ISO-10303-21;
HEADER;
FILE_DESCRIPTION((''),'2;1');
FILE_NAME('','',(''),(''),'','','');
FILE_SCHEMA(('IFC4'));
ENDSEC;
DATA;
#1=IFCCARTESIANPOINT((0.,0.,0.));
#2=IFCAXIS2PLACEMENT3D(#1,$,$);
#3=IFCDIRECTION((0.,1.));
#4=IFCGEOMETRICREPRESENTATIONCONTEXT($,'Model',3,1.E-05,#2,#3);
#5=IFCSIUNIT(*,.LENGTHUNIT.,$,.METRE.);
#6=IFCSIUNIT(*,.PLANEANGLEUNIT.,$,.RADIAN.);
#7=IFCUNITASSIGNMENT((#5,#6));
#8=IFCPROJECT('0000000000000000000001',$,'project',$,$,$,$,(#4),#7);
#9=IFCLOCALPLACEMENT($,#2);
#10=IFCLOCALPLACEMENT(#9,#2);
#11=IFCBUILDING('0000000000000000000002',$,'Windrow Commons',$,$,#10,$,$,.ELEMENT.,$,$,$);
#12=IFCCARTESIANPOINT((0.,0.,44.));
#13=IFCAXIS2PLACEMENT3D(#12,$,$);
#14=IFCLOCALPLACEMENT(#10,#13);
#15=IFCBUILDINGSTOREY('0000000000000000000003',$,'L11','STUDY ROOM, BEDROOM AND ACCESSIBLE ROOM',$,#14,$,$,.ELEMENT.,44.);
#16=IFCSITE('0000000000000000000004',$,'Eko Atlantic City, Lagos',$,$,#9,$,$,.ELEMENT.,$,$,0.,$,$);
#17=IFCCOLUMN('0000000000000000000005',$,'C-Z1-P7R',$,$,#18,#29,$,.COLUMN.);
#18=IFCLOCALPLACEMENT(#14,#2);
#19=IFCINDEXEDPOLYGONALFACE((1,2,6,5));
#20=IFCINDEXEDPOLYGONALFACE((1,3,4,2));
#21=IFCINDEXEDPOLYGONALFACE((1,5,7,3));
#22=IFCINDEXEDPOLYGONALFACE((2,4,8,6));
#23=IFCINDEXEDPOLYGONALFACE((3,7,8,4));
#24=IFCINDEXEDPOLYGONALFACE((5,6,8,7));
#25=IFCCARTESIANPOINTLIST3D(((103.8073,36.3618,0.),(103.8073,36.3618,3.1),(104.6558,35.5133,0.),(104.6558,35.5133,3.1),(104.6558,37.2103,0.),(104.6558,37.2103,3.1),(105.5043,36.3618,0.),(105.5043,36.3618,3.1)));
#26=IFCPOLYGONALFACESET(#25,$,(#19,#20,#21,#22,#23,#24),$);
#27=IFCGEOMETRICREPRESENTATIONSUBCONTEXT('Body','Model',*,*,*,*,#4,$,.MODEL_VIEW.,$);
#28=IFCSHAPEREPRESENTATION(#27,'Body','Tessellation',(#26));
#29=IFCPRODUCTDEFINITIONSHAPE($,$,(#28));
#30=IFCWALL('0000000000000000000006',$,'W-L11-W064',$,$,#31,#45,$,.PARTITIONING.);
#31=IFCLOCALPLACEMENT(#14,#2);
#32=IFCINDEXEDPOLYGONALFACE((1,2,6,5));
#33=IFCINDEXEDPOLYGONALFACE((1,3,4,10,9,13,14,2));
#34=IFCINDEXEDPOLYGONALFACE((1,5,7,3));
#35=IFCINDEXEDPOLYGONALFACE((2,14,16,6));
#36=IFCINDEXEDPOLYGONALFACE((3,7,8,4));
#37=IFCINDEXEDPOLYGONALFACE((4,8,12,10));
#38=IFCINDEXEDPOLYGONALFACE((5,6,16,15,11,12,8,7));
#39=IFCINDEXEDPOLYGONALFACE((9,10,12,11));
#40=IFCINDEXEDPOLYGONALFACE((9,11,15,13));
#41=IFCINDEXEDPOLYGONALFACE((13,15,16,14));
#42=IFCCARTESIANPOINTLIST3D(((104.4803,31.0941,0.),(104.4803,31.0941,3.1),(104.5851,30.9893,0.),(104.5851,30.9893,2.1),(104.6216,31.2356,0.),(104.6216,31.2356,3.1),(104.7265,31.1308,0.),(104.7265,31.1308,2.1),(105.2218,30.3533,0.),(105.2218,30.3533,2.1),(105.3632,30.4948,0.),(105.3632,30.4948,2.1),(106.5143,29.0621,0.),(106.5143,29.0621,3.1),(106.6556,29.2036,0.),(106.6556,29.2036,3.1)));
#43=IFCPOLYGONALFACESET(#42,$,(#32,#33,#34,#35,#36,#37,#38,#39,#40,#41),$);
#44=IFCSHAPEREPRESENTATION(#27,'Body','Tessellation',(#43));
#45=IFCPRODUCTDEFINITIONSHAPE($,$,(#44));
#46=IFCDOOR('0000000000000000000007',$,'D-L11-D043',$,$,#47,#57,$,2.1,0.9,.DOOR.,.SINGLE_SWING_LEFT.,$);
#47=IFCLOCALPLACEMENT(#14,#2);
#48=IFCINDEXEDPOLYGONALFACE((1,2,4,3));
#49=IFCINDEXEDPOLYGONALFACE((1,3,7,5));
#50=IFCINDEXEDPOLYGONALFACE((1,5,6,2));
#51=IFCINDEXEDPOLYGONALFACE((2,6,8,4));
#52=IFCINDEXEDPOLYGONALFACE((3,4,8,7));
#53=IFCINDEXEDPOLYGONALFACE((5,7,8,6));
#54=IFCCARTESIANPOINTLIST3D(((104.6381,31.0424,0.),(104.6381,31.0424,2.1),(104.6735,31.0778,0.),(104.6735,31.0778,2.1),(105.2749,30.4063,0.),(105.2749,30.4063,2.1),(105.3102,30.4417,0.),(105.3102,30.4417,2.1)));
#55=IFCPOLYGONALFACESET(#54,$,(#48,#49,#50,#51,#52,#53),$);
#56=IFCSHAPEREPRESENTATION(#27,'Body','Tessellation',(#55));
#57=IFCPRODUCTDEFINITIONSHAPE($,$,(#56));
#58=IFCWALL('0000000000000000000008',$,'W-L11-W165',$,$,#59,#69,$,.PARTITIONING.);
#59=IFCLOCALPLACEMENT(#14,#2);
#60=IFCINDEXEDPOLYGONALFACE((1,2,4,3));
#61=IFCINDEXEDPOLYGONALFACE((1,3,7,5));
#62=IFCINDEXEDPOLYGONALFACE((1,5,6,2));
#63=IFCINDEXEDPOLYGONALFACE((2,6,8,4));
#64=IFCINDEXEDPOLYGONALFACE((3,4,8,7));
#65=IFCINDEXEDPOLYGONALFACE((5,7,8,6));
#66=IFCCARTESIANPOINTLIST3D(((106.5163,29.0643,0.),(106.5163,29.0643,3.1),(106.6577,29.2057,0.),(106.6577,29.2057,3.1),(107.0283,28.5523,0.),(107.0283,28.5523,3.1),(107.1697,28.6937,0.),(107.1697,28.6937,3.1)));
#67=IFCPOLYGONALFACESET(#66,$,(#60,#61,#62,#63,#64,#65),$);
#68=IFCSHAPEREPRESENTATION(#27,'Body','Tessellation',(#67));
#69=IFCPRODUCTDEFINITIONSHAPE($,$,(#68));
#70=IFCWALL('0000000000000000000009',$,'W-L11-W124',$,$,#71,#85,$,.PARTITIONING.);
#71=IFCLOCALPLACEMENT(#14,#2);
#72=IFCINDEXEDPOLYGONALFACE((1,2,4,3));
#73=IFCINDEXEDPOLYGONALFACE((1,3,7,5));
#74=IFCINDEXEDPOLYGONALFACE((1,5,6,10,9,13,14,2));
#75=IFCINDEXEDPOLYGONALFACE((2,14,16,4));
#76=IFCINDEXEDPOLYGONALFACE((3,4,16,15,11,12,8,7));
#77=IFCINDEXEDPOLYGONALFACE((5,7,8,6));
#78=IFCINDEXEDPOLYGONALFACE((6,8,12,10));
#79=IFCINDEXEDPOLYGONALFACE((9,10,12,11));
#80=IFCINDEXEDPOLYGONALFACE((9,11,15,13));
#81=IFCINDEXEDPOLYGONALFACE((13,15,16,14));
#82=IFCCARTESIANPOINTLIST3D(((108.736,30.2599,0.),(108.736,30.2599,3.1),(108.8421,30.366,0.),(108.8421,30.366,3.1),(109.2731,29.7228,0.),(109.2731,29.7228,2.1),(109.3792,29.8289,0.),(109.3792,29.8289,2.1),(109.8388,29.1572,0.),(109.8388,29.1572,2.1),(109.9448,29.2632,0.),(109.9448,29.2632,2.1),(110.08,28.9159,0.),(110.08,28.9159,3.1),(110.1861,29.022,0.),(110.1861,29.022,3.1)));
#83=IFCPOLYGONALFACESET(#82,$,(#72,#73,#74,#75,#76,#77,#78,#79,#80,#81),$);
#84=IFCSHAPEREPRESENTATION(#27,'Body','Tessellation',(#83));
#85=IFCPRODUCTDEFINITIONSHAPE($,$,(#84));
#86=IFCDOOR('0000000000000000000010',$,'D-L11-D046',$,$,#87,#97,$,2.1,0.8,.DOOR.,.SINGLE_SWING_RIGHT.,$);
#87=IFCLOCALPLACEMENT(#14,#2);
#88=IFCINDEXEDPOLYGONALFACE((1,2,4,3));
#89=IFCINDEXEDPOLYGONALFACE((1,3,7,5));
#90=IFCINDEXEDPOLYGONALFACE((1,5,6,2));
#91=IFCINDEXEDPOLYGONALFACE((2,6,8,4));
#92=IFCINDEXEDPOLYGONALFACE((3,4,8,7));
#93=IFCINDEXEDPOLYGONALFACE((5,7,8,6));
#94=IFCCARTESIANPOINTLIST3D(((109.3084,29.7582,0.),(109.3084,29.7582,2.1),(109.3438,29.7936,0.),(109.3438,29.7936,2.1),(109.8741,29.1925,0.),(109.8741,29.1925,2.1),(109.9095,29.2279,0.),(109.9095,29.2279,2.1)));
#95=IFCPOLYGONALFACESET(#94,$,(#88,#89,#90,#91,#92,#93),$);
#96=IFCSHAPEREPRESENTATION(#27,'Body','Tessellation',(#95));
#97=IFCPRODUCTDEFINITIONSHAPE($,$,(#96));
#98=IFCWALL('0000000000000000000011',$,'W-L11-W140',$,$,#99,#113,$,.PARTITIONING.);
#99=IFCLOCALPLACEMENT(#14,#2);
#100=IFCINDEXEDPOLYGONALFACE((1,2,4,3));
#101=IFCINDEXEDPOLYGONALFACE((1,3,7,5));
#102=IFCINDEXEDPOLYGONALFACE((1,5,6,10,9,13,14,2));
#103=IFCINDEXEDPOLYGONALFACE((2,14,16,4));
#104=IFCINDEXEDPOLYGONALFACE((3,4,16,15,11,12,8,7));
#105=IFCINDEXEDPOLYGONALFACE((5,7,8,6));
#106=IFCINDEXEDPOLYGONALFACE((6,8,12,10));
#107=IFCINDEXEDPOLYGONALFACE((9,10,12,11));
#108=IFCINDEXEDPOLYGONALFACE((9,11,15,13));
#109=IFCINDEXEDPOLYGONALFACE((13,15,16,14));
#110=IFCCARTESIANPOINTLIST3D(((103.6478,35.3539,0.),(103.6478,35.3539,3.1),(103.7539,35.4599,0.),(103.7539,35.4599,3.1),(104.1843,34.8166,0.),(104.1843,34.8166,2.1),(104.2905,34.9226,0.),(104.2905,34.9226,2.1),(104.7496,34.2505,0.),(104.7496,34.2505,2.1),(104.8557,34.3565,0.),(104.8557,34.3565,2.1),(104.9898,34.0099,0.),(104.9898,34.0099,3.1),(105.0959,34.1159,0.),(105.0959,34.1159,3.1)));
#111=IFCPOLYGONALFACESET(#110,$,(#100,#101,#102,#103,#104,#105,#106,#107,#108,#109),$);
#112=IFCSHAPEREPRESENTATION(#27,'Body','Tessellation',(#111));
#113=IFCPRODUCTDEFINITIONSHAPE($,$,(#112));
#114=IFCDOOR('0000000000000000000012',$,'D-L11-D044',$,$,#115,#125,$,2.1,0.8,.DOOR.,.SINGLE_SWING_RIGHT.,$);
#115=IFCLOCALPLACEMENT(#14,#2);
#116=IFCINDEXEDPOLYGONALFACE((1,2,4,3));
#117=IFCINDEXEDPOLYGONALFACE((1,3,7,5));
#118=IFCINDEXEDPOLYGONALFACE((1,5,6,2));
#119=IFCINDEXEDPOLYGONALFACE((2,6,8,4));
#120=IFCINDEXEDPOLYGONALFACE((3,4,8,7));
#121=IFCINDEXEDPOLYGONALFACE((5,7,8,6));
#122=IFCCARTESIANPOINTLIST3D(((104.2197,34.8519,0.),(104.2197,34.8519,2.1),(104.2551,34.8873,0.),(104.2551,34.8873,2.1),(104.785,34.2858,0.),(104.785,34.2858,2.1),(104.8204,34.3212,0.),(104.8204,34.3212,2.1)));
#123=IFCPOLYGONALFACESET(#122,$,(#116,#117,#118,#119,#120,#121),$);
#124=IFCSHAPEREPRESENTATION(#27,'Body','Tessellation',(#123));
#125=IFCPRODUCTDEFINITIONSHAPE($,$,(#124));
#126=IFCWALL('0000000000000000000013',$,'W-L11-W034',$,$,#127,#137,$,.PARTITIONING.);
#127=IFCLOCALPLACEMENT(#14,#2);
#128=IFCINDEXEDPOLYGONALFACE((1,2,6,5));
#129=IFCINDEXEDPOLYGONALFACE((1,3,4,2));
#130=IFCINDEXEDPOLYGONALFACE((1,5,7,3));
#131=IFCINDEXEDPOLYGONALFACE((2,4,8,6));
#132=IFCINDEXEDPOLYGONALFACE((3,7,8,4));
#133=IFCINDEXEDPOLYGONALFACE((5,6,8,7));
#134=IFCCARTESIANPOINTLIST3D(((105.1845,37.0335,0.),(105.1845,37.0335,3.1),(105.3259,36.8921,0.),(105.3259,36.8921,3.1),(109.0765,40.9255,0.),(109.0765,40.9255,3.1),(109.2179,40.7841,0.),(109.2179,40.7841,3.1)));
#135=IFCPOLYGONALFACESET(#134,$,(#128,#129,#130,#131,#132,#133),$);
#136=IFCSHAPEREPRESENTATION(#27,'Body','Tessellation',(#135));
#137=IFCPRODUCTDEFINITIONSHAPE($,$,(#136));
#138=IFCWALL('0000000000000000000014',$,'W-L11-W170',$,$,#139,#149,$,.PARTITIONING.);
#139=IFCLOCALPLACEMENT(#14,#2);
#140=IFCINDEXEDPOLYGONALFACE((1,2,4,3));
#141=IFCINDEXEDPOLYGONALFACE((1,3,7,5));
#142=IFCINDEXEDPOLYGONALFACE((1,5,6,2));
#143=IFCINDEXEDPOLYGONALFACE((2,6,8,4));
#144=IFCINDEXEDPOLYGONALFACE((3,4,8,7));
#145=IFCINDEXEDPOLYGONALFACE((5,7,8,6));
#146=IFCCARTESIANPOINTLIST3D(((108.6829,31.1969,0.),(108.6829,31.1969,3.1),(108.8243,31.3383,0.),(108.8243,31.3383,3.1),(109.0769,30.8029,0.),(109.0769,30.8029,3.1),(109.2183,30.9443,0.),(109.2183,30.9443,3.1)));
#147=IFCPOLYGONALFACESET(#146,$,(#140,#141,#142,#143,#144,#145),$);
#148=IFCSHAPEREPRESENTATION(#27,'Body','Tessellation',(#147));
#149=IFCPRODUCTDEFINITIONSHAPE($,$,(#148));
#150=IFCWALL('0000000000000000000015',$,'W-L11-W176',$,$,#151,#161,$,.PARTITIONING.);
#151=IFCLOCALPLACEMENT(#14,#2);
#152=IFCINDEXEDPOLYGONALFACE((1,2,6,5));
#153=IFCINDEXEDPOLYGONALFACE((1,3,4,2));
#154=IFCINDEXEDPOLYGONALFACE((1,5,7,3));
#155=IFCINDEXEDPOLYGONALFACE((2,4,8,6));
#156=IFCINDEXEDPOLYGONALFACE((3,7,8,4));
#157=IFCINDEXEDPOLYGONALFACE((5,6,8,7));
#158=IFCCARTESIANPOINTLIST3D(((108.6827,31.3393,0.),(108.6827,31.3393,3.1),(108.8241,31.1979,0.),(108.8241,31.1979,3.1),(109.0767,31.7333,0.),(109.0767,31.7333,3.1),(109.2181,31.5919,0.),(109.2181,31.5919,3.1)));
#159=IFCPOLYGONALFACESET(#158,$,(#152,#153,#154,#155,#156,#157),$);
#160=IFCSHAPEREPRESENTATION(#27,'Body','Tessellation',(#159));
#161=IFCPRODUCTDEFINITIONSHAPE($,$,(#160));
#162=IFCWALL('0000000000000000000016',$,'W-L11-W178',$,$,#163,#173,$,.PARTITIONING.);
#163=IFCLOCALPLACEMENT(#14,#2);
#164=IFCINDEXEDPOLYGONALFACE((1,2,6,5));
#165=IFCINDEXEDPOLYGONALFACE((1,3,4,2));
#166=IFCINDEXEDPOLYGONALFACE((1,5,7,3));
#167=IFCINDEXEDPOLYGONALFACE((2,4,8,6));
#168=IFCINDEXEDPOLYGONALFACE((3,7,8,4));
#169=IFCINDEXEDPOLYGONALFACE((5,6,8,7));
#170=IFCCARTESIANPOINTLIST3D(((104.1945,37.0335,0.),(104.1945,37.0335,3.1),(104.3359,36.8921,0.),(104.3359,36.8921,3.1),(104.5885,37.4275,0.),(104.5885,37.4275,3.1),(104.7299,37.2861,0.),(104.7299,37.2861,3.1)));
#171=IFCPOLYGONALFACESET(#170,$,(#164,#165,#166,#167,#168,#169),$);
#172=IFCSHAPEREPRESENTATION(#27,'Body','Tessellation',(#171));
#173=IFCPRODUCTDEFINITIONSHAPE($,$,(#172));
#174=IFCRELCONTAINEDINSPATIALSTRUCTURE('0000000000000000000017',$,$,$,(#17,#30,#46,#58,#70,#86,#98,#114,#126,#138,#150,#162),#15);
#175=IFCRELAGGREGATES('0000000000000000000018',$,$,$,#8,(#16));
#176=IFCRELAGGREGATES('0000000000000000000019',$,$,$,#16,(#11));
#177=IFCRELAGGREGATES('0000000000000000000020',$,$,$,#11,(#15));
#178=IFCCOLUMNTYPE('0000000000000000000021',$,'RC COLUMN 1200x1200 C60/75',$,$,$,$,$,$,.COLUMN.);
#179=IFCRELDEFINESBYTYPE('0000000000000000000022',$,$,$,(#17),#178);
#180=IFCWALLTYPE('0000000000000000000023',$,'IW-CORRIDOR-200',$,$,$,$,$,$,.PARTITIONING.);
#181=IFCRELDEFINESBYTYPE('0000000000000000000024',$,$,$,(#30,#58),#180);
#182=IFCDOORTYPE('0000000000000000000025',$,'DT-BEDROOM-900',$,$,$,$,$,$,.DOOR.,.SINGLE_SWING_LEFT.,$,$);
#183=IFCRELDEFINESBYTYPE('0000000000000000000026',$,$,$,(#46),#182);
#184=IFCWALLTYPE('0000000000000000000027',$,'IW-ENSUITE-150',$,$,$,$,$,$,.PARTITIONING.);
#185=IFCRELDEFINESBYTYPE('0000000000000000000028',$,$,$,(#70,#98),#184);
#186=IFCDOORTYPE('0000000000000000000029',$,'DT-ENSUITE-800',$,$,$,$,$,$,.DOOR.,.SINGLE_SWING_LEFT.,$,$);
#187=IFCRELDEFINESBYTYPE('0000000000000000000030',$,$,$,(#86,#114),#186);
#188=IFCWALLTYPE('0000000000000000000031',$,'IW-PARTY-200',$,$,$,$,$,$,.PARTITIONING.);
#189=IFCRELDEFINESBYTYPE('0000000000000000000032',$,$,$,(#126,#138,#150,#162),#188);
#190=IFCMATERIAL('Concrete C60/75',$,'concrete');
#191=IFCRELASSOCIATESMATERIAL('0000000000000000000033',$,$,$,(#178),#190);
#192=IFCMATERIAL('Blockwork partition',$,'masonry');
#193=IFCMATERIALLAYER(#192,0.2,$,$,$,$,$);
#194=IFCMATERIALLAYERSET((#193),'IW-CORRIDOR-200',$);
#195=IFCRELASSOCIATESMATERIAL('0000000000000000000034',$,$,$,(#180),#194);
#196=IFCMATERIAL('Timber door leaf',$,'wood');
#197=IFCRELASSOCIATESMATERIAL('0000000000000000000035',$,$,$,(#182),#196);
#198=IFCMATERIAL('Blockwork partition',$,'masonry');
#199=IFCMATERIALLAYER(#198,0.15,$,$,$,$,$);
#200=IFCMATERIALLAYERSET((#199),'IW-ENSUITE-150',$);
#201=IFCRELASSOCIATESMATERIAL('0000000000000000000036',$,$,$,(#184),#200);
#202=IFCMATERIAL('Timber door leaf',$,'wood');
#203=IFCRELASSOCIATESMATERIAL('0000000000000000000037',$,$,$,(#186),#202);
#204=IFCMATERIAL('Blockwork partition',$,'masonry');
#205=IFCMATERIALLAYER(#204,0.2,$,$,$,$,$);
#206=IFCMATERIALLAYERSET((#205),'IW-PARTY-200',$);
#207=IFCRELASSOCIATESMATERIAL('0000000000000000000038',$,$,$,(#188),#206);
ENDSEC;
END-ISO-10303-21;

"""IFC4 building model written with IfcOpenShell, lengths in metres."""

from ifc_helpers import new_model, si_unit, direction, frame, frame_2d, origin, origin_2d, place, context, subcontext, project, spatial, rectangle, extrude, material, layer, layer_set, material_profile, profile_set, type_object, element, fill, save


model = new_model("IFC4")

# Units and contexts
model_context = context("Model", 3, precision=1e-05, world=origin(), true_north=direction((0.0, 1.0)))
body_context = subcontext(model_context, "Body", "Model", "MODEL_VIEW")
ifc_project = project(units=[si_unit("LENGTHUNIT", "METRE"), si_unit("PLANEANGLEUNIT", "RADIAN")], contexts=[model_context])

# Site, building, storey
site_placement = place(None, origin())
site = spatial("IfcSite", under=ifc_project, at=site_placement, Name="Eko Atlantic City, Lagos", CompositionType="ELEMENT", RefElevation=0.0)
building_placement = place(site_placement, origin())
building = spatial("IfcBuilding", under=site, at=building_placement, Name="Windrow Commons", CompositionType="ELEMENT")
storey_placement = place(building_placement, frame((0.0, 0.0, 44.0)))
storey = spatial("IfcBuildingStorey", under=building, at=storey_placement, Name="L11", Description="STUDY ROOM, BEDROOM AND ACCESSIBLE ROOM", CompositionType="ELEMENT", Elevation=44.0)

# Column
ifc_material_1 = material(Name="Concrete C60/75", Category="concrete")
ifc_material_profile = material_profile(ifc_material_1, rectangle(XDim=1.2, YDim=1.2, at=origin_2d()))
ifc_profile_set = profile_set([ifc_material_profile], Name="Concrete C60/75")
column_type = type_object("IfcColumnType", Name="RC COLUMN 1200x1200 C60/75", PredefinedType="COLUMN", material=ifc_profile_set)
column_placement = place(storey_placement, frame((104.6558, 36.3618, 0.0), z_axis=(0.0, 0.0, 1.0), x_axis=(0.707107, -0.707107, 0.0)))
element("IfcColumn", 1, at=column_placement, inside=storey, type_object=column_type, Name="C-Z1-P7R", PredefinedType="COLUMN", context=body_context, shape_type="SweptSolid", body=[
    extrude(rectangle(XDim=1.2, YDim=1.2, at=origin_2d()), origin(), (0.0, 0.0, 1.0), 3.1),
])

# Wall, opening, door
ifc_material_2 = material(Name="Blockwork partition", Category="masonry")
ifc_layer_1 = layer(ifc_material_2, 0.2)
ifc_layer_set_1 = layer_set([ifc_layer_1], Name="IW-CORRIDOR-200")
wall_type_1 = type_object("IfcWallType", Name="IW-CORRIDOR-200", PredefinedType="PARTITIONING", material=ifc_layer_set_1)
wall_1_placement = place(storey_placement, frame((104.5509, 31.1649, 0.0), z_axis=(0.0, 0.0, 1.0), x_axis=(0.707455, -0.706759, 0.0)))
wall_1 = element("IfcWall", 2, at=wall_1_placement, inside=storey, type_object=wall_type_1, Name="W-L11-W064", PredefinedType="PARTITIONING", context=body_context, shape_type="SweptSolid", body=[
    extrude(rectangle(XDim=2.8751, YDim=0.2, at=frame_2d((1.4376, 0.0))), origin(), (0.0, 0.0, 1.0), 3.1),
])
opening_1_placement = place(wall_1_placement, frame((0.1483, 0.0, 0.0)))
opening_1 = element("IfcOpeningElement", 3, at=opening_1_placement, cuts=wall_1, PredefinedType="OPENING", context=body_context, shape_type="SweptSolid", body=[
    extrude(rectangle(XDim=0.9, YDim=2.1, at=frame_2d((0.45, 1.05))), frame((0.0, 0.11, 0.0), z_axis=(0.0, -1.0, 0.0), x_axis=(1.0, 0.0, 0.0)), (0.0, 0.0, 1.0), 0.22),
])
ifc_material_3 = material(Name="Timber door leaf", Category="wood")
door_type_1 = type_object("IfcDoorType", Name="DT-BEDROOM-900", OperationType="SINGLE_SWING_LEFT", PredefinedType="DOOR", material=ifc_material_3)
door_1_placement = place(opening_1_placement, origin())
door_1 = element("IfcDoor", 4, at=door_1_placement, inside=storey, type_object=door_type_1, Name="D-L11-D043", OperationType="SINGLE_SWING_LEFT", OverallHeight=2.1, OverallWidth=0.9, PredefinedType="DOOR", context=body_context, shape_type="SweptSolid", body=[
    extrude(rectangle(XDim=0.9, YDim=2.1, at=frame_2d((0.45, 1.05))), frame((0.0, 0.025, 0.0), z_axis=(0.0, -1.0, 0.0), x_axis=(1.0, 0.0, 0.0)), (0.0, 0.0, 1.0), 0.05),
])
fill(opening_1, door_1)

# Wall
wall_2_placement = place(storey_placement, frame((106.587, 29.135, 0.0), z_axis=(0.0, 0.0, 1.0), x_axis=(0.707107, -0.707107, 0.0)))
element("IfcWall", 5, at=wall_2_placement, inside=storey, type_object=wall_type_1, Name="W-L11-W165", PredefinedType="PARTITIONING", context=body_context, shape_type="SweptSolid", body=[
    extrude(rectangle(XDim=0.7241, YDim=0.2, at=frame_2d((0.362, 0.0))), origin(), (0.0, 0.0, 1.0), 3.1),
])

# Walls, openings, doors
ifc_material_4 = material(Name="Blockwork partition", Category="masonry")
ifc_layer_2 = layer(ifc_material_4, 0.15)
ifc_layer_set_2 = layer_set([ifc_layer_2], Name="IW-ENSUITE-150")
wall_type_2 = type_object("IfcWallType", Name="IW-ENSUITE-150", PredefinedType="PARTITIONING", material=ifc_layer_set_2)
wall_3_placement = place(storey_placement, frame((108.789, 30.313, 0.0), z_axis=(0.0, 0.0, 1.0), x_axis=(0.707107, -0.707107, 0.0)))
wall_3 = element("IfcWall", 6, at=wall_3_placement, inside=storey, type_object=wall_type_2, Name="W-L11-W124", PredefinedType="PARTITIONING", context=body_context, shape_type="SweptSolid", body=[
    extrude(rectangle(XDim=1.9007, YDim=0.15, at=frame_2d((0.9504, 0.0))), origin(), (0.0, 0.0, 1.0), 3.1),
])
opening_2_placement = place(wall_3_placement, frame((0.7596, 0.0, 0.0)))
opening_2 = element("IfcOpeningElement", 7, at=opening_2_placement, cuts=wall_3, PredefinedType="OPENING", context=body_context, shape_type="SweptSolid", body=[
    extrude(rectangle(XDim=0.8, YDim=2.1, at=frame_2d((0.4, 1.05))), frame((0.0, 0.085, 0.0), z_axis=(0.0, -1.0, 0.0), x_axis=(1.0, 0.0, 0.0)), (0.0, 0.0, 1.0), 0.17),
])
ifc_material_5 = material(Name="Timber door leaf", Category="wood")
door_type_2 = type_object("IfcDoorType", Name="DT-ENSUITE-800", OperationType="SINGLE_SWING_LEFT", PredefinedType="DOOR", material=ifc_material_5)
door_2_placement = place(opening_2_placement, origin())
door_2 = element("IfcDoor", 8, at=door_2_placement, inside=storey, type_object=door_type_2, Name="D-L11-D046", OperationType="SINGLE_SWING_RIGHT", OverallHeight=2.1, OverallWidth=0.8, PredefinedType="DOOR", context=body_context, shape_type="SweptSolid", body=[
    extrude(rectangle(XDim=0.8, YDim=2.1, at=frame_2d((0.4, 1.05))), frame((0.0, 0.025, 0.0), z_axis=(0.0, -1.0, 0.0), x_axis=(1.0, 0.0, 0.0)), (0.0, 0.0, 1.0), 0.05),
])
fill(opening_2, door_2)
wall_4_placement = place(storey_placement, frame((103.7009, 35.4069, 0.0), z_axis=(0.0, 0.0, 1.0), x_axis=(0.70658, -0.707633, 0.0)))
wall_4 = element("IfcWall", 9, at=wall_4_placement, inside=storey, type_object=wall_type_2, Name="W-L11-W140", PredefinedType="PARTITIONING", context=body_context, shape_type="SweptSolid", body=[
    extrude(rectangle(XDim=1.8993, YDim=0.15, at=frame_2d((0.9496, 0.0))), origin(), (0.0, 0.0, 1.0), 3.1),
])
opening_3_placement = place(wall_4_placement, frame((0.7593, 0.0, 0.0)))
opening_3 = element("IfcOpeningElement", 10, at=opening_3_placement, cuts=wall_4, PredefinedType="OPENING", context=body_context, shape_type="SweptSolid", body=[
    extrude(rectangle(XDim=0.8, YDim=2.1, at=frame_2d((0.4, 1.05))), frame((0.0, 0.085, 0.0), z_axis=(0.0, -1.0, 0.0), x_axis=(1.0, 0.0, 0.0)), (0.0, 0.0, 1.0), 0.17),
])
door_3_placement = place(opening_3_placement, origin())
door_3 = element("IfcDoor", 11, at=door_3_placement, inside=storey, type_object=door_type_2, Name="D-L11-D044", OperationType="SINGLE_SWING_RIGHT", OverallHeight=2.1, OverallWidth=0.8, PredefinedType="DOOR", context=body_context, shape_type="SweptSolid", body=[
    extrude(rectangle(XDim=0.8, YDim=2.1, at=frame_2d((0.4, 1.05))), frame((0.0, 0.025, 0.0), z_axis=(0.0, -1.0, 0.0), x_axis=(1.0, 0.0, 0.0)), (0.0, 0.0, 1.0), 0.05),
])
fill(opening_3, door_3)

# Walls
ifc_material_6 = material(Name="Blockwork partition", Category="masonry")
ifc_layer_3 = layer(ifc_material_6, 0.2)
ifc_layer_set_3 = layer_set([ifc_layer_3], Name="IW-PARTY-200")
wall_type_3 = type_object("IfcWallType", Name="IW-PARTY-200", PredefinedType="PARTITIONING", material=ifc_layer_set_3)
wall_5_placement = place(storey_placement, frame((105.2552, 36.9628, 0.0), z_axis=(0.0, 0.0, 1.0), x_axis=(0.707107, 0.707107, 0.0)))
element("IfcWall", 12, at=wall_5_placement, inside=storey, type_object=wall_type_3, Name="W-L11-W034", PredefinedType="PARTITIONING", context=body_context, shape_type="SweptSolid", body=[
    extrude(rectangle(XDim=5.5041, YDim=0.2, at=frame_2d((2.7521, 0.0))), origin(), (0.0, 0.0, 1.0), 3.1),
])
for number, where, z_axis, x_axis, name in (
    (13, (108.7536, 31.2676, 0.0), (0.0, 0.0, 1.0), (0.707107, -0.707107, 0.0), "W-L11-W170"),
    (14, (108.7534, 31.2686, 0.0), (0.0, 0.0, 1.0), (0.707107, 0.707107, 0.0), "W-L11-W176"),
    (15, (104.2652, 36.9628, 0.0), (0.0, 0.0, 1.0), (0.707107, 0.707107, 0.0), "W-L11-W178"),
):
    element("IfcWall", number, at=place(storey_placement, frame(where, z_axis=z_axis, x_axis=x_axis)), inside=storey, type_object=wall_type_3, Name=name, PredefinedType="PARTITIONING", context=body_context, shape_type="SweptSolid", body=[
        extrude(rectangle(XDim=0.5572, YDim=0.2, at=frame_2d((0.2786, 0.0))), origin(), (0.0, 0.0, 1.0), 3.1),
    ])

save(model, "model.ifc")
